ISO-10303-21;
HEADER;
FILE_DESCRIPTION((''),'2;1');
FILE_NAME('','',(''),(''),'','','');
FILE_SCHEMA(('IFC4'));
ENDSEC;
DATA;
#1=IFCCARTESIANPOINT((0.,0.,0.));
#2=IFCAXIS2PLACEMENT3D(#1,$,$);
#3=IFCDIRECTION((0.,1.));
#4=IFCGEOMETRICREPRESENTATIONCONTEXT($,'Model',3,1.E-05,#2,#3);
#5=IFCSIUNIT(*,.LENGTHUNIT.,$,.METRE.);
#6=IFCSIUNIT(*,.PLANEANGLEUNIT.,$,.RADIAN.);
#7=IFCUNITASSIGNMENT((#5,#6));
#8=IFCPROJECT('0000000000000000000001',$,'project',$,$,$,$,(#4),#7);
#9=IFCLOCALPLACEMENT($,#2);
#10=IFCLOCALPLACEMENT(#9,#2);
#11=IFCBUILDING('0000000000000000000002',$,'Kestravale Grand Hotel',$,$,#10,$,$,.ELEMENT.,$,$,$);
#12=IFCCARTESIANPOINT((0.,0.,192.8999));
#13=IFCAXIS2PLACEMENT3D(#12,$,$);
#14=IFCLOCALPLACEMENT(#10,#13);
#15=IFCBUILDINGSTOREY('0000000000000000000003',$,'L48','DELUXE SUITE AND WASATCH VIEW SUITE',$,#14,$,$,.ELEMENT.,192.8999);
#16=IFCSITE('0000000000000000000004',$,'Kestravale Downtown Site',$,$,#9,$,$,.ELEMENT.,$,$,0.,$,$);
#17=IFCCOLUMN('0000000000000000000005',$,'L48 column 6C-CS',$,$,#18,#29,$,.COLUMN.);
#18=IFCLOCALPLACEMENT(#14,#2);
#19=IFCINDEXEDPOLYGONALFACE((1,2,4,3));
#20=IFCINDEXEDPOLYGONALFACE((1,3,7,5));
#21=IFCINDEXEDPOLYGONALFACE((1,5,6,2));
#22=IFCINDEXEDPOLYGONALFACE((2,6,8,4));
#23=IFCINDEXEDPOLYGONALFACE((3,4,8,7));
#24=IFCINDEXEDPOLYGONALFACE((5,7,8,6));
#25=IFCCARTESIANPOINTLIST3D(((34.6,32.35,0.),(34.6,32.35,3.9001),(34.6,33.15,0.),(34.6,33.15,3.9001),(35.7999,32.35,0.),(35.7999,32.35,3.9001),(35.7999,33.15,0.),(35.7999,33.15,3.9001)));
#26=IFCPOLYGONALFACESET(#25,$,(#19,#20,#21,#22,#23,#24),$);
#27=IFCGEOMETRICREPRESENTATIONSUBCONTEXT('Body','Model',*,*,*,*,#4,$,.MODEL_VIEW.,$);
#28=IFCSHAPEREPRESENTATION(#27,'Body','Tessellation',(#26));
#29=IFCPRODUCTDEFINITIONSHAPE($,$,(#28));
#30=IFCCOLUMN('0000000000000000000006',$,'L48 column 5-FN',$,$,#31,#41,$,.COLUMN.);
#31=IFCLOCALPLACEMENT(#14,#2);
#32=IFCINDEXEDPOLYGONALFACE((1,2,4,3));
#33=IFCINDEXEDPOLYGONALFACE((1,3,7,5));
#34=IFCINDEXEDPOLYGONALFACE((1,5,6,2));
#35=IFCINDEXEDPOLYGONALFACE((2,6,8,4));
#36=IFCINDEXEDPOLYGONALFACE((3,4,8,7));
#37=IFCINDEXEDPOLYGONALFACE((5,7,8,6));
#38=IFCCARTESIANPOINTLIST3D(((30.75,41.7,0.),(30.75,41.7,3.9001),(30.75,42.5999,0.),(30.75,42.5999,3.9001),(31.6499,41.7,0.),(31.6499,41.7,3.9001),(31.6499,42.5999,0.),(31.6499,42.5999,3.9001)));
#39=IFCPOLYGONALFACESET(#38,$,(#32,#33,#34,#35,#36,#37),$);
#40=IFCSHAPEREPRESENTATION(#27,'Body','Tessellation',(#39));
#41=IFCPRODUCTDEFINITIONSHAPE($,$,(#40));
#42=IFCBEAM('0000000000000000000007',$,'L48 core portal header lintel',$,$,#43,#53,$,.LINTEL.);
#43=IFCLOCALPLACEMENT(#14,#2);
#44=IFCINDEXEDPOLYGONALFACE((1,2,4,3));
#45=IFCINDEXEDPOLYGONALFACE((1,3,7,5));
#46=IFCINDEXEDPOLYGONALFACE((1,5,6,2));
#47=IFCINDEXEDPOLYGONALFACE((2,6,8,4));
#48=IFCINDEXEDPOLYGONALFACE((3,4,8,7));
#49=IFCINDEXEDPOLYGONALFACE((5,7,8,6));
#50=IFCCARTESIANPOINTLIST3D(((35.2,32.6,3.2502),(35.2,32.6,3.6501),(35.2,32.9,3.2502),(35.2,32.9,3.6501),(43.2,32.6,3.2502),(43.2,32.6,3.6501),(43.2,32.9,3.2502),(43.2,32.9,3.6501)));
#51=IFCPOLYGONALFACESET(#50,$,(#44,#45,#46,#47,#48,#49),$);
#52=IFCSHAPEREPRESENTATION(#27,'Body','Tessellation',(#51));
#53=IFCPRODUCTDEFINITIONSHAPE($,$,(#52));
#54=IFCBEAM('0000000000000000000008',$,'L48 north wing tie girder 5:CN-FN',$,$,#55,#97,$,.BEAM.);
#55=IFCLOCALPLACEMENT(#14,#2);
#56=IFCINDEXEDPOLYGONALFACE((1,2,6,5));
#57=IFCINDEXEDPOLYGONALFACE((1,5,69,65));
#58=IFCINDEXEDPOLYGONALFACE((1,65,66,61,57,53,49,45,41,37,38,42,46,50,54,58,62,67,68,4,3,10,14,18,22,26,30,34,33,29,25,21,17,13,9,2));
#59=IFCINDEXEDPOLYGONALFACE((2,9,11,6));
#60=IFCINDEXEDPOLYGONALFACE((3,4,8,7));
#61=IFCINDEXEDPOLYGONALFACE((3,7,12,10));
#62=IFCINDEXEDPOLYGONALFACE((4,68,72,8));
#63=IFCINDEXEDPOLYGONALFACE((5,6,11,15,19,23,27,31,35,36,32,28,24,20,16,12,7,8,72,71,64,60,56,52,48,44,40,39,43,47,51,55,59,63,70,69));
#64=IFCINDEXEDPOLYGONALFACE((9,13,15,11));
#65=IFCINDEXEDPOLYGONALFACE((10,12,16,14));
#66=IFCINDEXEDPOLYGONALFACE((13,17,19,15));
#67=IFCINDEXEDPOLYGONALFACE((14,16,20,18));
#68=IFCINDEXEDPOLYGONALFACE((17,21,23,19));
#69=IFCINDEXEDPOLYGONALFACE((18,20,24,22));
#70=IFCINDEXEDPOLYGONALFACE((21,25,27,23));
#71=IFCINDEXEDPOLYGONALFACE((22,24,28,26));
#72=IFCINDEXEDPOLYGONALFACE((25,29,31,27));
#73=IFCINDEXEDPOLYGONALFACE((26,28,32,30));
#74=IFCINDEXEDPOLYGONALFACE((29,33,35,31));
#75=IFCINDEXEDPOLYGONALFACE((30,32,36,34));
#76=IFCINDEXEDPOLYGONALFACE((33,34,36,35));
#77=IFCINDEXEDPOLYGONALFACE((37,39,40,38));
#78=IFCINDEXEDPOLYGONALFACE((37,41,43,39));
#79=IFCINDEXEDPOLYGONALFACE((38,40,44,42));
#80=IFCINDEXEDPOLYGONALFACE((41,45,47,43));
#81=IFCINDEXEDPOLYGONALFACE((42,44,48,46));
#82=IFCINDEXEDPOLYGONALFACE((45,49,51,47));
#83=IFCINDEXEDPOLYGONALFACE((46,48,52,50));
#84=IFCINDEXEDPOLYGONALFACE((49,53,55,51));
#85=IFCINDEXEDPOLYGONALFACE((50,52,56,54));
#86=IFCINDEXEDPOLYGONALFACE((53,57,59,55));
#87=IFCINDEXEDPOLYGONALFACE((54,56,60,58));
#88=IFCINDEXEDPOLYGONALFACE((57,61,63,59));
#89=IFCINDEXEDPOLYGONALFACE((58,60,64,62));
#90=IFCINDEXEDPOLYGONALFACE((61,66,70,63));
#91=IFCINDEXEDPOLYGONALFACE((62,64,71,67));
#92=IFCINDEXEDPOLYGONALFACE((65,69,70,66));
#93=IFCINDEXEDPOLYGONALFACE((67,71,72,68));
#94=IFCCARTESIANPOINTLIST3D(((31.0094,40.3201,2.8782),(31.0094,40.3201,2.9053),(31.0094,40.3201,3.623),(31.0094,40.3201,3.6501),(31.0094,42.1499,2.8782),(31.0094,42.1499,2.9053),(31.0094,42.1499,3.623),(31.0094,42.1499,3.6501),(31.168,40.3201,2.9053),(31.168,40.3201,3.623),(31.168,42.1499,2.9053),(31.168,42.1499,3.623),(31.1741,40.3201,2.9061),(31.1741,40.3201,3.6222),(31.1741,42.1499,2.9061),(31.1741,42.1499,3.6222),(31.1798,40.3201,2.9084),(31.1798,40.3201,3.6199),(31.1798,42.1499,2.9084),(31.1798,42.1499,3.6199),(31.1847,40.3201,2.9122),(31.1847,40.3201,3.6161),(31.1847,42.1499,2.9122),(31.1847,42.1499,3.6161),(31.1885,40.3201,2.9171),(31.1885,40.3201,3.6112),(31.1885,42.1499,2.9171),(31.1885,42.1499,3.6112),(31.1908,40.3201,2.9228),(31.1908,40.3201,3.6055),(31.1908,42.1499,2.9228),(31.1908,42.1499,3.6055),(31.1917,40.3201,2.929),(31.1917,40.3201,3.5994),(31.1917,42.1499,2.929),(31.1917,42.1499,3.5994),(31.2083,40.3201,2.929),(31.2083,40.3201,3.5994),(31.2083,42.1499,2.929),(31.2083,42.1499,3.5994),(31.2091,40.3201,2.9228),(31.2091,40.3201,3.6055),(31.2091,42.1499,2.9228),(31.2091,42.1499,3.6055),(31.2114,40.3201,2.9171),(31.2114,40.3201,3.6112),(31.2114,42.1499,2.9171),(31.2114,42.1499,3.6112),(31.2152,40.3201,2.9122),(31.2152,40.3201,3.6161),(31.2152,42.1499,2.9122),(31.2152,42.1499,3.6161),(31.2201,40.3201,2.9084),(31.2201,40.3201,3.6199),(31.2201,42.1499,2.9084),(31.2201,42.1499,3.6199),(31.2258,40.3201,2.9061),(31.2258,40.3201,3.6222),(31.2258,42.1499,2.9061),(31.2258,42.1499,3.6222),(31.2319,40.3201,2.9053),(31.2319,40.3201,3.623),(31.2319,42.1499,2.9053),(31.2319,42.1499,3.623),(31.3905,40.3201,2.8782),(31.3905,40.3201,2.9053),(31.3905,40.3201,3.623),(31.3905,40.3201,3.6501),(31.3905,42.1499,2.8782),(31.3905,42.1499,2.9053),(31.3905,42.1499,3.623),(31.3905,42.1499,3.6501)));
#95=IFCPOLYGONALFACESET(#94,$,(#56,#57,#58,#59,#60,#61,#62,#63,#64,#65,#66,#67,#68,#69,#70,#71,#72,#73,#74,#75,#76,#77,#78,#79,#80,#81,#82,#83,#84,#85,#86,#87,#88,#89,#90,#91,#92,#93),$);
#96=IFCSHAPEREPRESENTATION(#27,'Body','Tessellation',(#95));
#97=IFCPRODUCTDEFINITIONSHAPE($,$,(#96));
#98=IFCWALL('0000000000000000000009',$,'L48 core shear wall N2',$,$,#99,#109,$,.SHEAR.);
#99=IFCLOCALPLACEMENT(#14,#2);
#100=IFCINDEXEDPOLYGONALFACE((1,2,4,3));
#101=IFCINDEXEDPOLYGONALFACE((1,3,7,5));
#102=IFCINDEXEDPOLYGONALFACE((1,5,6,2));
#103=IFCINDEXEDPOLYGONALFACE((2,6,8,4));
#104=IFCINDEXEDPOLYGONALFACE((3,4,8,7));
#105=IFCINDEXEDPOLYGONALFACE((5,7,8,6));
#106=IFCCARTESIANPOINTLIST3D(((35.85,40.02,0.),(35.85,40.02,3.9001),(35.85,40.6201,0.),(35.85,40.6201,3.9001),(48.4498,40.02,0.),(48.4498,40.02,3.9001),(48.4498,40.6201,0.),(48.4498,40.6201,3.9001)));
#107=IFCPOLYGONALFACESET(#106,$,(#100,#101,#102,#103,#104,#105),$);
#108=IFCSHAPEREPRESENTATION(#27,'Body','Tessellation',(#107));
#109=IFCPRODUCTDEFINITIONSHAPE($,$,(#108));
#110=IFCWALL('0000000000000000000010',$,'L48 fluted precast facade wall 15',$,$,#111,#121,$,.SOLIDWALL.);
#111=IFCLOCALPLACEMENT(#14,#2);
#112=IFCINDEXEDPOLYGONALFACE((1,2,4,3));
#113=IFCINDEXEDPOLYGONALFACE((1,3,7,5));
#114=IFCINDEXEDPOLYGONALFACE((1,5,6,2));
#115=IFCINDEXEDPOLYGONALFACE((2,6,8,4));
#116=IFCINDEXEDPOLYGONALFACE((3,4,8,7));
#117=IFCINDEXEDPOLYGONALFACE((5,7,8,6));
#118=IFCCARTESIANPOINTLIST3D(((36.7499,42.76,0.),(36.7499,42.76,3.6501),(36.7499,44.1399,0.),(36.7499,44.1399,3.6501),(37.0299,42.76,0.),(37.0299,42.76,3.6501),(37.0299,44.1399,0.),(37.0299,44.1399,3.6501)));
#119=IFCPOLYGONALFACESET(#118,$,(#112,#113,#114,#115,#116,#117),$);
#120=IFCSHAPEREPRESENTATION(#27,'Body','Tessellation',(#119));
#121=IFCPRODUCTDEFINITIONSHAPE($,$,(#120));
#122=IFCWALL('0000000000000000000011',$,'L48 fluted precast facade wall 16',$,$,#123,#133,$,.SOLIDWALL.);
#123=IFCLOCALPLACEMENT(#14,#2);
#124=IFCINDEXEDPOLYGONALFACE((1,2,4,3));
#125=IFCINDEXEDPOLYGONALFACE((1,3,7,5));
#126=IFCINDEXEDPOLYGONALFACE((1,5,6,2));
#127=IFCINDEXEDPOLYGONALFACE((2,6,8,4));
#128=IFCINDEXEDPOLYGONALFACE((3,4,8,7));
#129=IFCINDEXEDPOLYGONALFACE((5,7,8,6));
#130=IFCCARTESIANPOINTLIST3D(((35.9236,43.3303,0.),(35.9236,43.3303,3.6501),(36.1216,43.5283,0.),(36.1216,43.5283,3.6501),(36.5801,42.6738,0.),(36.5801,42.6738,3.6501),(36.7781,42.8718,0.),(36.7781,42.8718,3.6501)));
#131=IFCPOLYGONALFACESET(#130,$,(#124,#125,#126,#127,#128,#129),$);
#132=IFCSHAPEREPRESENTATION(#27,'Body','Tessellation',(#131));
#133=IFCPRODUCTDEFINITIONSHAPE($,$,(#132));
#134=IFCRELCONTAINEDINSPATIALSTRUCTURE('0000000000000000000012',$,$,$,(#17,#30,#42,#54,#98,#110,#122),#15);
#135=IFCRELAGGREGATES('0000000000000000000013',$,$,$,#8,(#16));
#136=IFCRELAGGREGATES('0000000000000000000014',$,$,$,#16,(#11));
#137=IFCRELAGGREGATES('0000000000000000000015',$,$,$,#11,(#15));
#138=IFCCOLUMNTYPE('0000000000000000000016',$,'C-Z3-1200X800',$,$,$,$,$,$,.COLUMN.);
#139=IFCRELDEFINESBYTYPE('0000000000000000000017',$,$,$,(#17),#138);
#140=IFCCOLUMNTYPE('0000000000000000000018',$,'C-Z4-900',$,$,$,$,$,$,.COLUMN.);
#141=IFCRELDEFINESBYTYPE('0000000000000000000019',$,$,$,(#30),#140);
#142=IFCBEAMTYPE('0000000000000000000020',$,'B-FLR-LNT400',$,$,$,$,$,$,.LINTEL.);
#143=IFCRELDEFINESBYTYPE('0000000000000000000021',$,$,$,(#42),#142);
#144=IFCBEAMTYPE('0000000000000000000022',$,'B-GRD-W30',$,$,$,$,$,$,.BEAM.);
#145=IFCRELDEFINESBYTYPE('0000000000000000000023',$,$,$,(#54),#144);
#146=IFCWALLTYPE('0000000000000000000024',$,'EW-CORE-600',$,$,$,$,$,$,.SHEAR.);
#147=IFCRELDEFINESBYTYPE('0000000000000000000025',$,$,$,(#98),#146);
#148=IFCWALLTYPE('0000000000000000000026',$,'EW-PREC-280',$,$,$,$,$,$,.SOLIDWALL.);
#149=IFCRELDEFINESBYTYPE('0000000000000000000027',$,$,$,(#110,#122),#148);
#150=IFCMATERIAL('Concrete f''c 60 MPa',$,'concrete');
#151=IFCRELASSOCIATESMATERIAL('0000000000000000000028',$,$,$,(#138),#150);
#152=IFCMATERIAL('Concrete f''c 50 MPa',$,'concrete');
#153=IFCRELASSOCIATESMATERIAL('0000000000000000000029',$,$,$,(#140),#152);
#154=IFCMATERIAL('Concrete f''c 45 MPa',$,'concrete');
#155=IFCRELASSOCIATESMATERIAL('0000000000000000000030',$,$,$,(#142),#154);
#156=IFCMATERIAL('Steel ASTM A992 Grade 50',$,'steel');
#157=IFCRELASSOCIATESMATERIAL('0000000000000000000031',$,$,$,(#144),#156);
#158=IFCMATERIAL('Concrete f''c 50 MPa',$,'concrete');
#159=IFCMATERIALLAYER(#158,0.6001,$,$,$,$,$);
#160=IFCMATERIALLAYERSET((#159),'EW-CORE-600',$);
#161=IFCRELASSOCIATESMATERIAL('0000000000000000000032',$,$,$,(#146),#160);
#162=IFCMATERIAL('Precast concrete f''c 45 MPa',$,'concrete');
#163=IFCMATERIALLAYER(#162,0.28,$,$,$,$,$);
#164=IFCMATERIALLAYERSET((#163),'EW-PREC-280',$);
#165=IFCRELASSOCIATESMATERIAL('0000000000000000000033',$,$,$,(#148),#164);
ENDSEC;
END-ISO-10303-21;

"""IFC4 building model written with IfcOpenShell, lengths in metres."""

from ifc_helpers import new_model, si_unit, direction, frame, frame_2d, origin, origin_2d, place, context, subcontext, project, spatial, rectangle, i_section, extrude, material, layer, layer_set, material_profile, profile_set, type_object, element, save


model = new_model("IFC4")

# Units and contexts
model_context = context("Model", 3, precision=1e-05, world=origin(), true_north=direction((0.0, 1.0)))
body_context = subcontext(model_context, "Body", "Model", "MODEL_VIEW")
ifc_project = project(units=[si_unit("LENGTHUNIT", "METRE"), si_unit("PLANEANGLEUNIT", "RADIAN")], contexts=[model_context])

# Site, building, storey
site_placement = place(None, origin())
site = spatial("IfcSite", under=ifc_project, at=site_placement, Name="Kestravale Downtown Site", CompositionType="ELEMENT", RefElevation=0.0)
building_placement = place(site_placement, origin())
building = spatial("IfcBuilding", under=site, at=building_placement, Name="Kestravale Grand Hotel", CompositionType="ELEMENT")
storey_placement = place(building_placement, frame((0.0, 0.0, 192.8999)))
storey = spatial("IfcBuildingStorey", under=building, at=storey_placement, Name="L48", Description="DELUXE SUITE AND WASATCH VIEW SUITE", CompositionType="ELEMENT", Elevation=192.8999)

# Columns
ifc_material_1 = material(Name="Concrete f'c 60 MPa", Category="concrete")
ifc_material_profile_1 = material_profile(ifc_material_1, rectangle(XDim=1.2, YDim=0.8, at=origin_2d()))
ifc_profile_set_1 = profile_set([ifc_material_profile_1], Name="Concrete f'c 60 MPa")
column_type_1 = type_object("IfcColumnType", Name="C-Z3-1200X800", PredefinedType="COLUMN", material=ifc_profile_set_1)
column_1_placement = place(storey_placement, frame((35.2, 32.75, 0.0), z_axis=(0.0, 0.0, 1.0), x_axis=(1.0, 0.0, 0.0)))
element("IfcColumn", 1, at=column_1_placement, inside=storey, type_object=column_type_1, Name="L48 column 6C-CS", PredefinedType="COLUMN", context=body_context, shape_type="SweptSolid", body=[
    extrude(rectangle(XDim=1.2, YDim=0.8, at=origin_2d()), origin(), (0.0, 0.0, 1.0), 3.9001),
])
ifc_material_2 = material(Name="Concrete f'c 50 MPa", Category="concrete")
ifc_material_profile_2 = material_profile(ifc_material_2, rectangle(XDim=0.8999, YDim=0.8999, at=origin_2d()))
ifc_profile_set_2 = profile_set([ifc_material_profile_2], Name="Concrete f'c 50 MPa")
column_type_2 = type_object("IfcColumnType", Name="C-Z4-900", PredefinedType="COLUMN", material=ifc_profile_set_2)
column_2_placement = place(storey_placement, frame((31.2, 42.1499, 0.0), z_axis=(0.0, 0.0, 1.0), x_axis=(1.0, 0.0, 0.0)))
element("IfcColumn", 2, at=column_2_placement, inside=storey, type_object=column_type_2, Name="L48 column 5-FN", PredefinedType="COLUMN", context=body_context, shape_type="SweptSolid", body=[
    extrude(rectangle(XDim=0.8999, YDim=0.8999, at=origin_2d()), origin(), (0.0, 0.0, 1.0), 3.9001),
])

# Beams
ifc_material_3 = material(Name="Concrete f'c 45 MPa", Category="concrete")
ifc_material_profile_3 = material_profile(ifc_material_3, rectangle(XDim=0.3, YDim=0.3999, at=origin_2d()))
ifc_profile_set_3 = profile_set([ifc_material_profile_3], Name="Concrete f'c 45 MPa")
beam_type_1 = type_object("IfcBeamType", Name="B-FLR-LNT400", PredefinedType="LINTEL", material=ifc_profile_set_3)
beam_1_placement = place(storey_placement, frame((35.2, 32.75, 3.4502), z_axis=(1.0, 0.0, 0.0), x_axis=(0.0, 1.0, 0.0)))
element("IfcBeam", 3, at=beam_1_placement, inside=storey, type_object=beam_type_1, Name="L48 core portal header lintel", PredefinedType="LINTEL", context=body_context, shape_type="SweptSolid", body=[
    extrude(rectangle(XDim=0.3, YDim=0.3999, at=origin_2d()), origin(), (0.0, 0.0, 1.0), 8.0),
])
ifc_material_4 = material(Name="Steel ASTM A992 Grade 50", Category="steel")
ifc_material_profile_4 = material_profile(ifc_material_4, i_section(OverallWidth=0.3811, OverallDepth=0.772, WebThickness=0.0166, FlangeThickness=0.0271, FilletRadius=0.0237, at=origin_2d()))
ifc_profile_set_4 = profile_set([ifc_material_profile_4], Name="Steel ASTM A992 Grade 50")
beam_type_2 = type_object("IfcBeamType", Name="B-GRD-W30", PredefinedType="BEAM", material=ifc_profile_set_4)
beam_2_placement = place(storey_placement, frame((31.2, 40.3201, 3.2642), z_axis=(0.0, 1.0, 0.0), x_axis=(-1.0, 0.0, 0.0)))
element("IfcBeam", 4, at=beam_2_placement, inside=storey, type_object=beam_type_2, Name="L48 north wing tie girder 5:CN-FN", PredefinedType="BEAM", context=body_context, shape_type="SweptSolid", body=[
    extrude(i_section(OverallWidth=0.3811, OverallDepth=0.772, WebThickness=0.0166, FlangeThickness=0.0271, FilletRadius=0.0237, at=origin_2d()), origin(), (0.0, 0.0, 1.0), 1.8298),
])

# Wall
ifc_material_5 = material(Name="Concrete f'c 50 MPa", Category="concrete")
ifc_layer_1 = layer(ifc_material_5, 0.6001)
ifc_layer_set_1 = layer_set([ifc_layer_1], Name="EW-CORE-600")
wall_type_1 = type_object("IfcWallType", Name="EW-CORE-600", PredefinedType="SHEAR", material=ifc_layer_set_1)
wall_1_placement = place(storey_placement, frame((35.8501, 40.3201, 0.0), z_axis=(0.0, 0.0, 1.0), x_axis=(1.0, 0.0, 0.0)))
element("IfcWall", 5, at=wall_1_placement, inside=storey, type_object=wall_type_1, Name="L48 core shear wall N2", PredefinedType="SHEAR", context=body_context, shape_type="SweptSolid", body=[
    extrude(rectangle(XDim=12.5999, YDim=0.6001, at=frame_2d((6.2998, 0.0))), origin(), (0.0, 0.0, 1.0), 3.9001),
])

# Walls
ifc_material_6 = material(Name="Precast concrete f'c 45 MPa", Category="concrete")
ifc_layer_2 = layer(ifc_material_6, 0.28)
ifc_layer_set_2 = layer_set([ifc_layer_2], Name="EW-PREC-280")
wall_type_2 = type_object("IfcWallType", Name="EW-PREC-280", PredefinedType="SOLIDWALL", material=ifc_layer_set_2)
wall_2_placement = place(storey_placement, frame((36.8899, 44.1399, 0.0), z_axis=(0.0, 0.0, 1.0), x_axis=(0.0, -1.0, 0.0)))
element("IfcWall", 6, at=wall_2_placement, inside=storey, type_object=wall_type_2, Name="L48 fluted precast facade wall 15", PredefinedType="SOLIDWALL", context=body_context, shape_type="SweptSolid", body=[
    extrude(rectangle(XDim=1.3799, YDim=0.28, at=frame_2d((0.6899, 0.0))), origin(), (0.0, 0.0, 1.0), 3.6501),
])
wall_3_placement = place(storey_placement, frame((36.6792, 42.7727, 0.0), z_axis=(0.0, 0.0, 1.0), x_axis=(-0.707107, 0.707107, 0.0)))
element("IfcWall", 7, at=wall_3_placement, inside=storey, type_object=wall_type_2, Name="L48 fluted precast facade wall 16", PredefinedType="SOLIDWALL", context=body_context, shape_type="SweptSolid", body=[
    extrude(rectangle(XDim=0.9285, YDim=0.28, at=frame_2d((0.4644, 0.0))), origin(), (0.0, 0.0, 1.0), 3.6501),
])

save(model, "model.ifc")
